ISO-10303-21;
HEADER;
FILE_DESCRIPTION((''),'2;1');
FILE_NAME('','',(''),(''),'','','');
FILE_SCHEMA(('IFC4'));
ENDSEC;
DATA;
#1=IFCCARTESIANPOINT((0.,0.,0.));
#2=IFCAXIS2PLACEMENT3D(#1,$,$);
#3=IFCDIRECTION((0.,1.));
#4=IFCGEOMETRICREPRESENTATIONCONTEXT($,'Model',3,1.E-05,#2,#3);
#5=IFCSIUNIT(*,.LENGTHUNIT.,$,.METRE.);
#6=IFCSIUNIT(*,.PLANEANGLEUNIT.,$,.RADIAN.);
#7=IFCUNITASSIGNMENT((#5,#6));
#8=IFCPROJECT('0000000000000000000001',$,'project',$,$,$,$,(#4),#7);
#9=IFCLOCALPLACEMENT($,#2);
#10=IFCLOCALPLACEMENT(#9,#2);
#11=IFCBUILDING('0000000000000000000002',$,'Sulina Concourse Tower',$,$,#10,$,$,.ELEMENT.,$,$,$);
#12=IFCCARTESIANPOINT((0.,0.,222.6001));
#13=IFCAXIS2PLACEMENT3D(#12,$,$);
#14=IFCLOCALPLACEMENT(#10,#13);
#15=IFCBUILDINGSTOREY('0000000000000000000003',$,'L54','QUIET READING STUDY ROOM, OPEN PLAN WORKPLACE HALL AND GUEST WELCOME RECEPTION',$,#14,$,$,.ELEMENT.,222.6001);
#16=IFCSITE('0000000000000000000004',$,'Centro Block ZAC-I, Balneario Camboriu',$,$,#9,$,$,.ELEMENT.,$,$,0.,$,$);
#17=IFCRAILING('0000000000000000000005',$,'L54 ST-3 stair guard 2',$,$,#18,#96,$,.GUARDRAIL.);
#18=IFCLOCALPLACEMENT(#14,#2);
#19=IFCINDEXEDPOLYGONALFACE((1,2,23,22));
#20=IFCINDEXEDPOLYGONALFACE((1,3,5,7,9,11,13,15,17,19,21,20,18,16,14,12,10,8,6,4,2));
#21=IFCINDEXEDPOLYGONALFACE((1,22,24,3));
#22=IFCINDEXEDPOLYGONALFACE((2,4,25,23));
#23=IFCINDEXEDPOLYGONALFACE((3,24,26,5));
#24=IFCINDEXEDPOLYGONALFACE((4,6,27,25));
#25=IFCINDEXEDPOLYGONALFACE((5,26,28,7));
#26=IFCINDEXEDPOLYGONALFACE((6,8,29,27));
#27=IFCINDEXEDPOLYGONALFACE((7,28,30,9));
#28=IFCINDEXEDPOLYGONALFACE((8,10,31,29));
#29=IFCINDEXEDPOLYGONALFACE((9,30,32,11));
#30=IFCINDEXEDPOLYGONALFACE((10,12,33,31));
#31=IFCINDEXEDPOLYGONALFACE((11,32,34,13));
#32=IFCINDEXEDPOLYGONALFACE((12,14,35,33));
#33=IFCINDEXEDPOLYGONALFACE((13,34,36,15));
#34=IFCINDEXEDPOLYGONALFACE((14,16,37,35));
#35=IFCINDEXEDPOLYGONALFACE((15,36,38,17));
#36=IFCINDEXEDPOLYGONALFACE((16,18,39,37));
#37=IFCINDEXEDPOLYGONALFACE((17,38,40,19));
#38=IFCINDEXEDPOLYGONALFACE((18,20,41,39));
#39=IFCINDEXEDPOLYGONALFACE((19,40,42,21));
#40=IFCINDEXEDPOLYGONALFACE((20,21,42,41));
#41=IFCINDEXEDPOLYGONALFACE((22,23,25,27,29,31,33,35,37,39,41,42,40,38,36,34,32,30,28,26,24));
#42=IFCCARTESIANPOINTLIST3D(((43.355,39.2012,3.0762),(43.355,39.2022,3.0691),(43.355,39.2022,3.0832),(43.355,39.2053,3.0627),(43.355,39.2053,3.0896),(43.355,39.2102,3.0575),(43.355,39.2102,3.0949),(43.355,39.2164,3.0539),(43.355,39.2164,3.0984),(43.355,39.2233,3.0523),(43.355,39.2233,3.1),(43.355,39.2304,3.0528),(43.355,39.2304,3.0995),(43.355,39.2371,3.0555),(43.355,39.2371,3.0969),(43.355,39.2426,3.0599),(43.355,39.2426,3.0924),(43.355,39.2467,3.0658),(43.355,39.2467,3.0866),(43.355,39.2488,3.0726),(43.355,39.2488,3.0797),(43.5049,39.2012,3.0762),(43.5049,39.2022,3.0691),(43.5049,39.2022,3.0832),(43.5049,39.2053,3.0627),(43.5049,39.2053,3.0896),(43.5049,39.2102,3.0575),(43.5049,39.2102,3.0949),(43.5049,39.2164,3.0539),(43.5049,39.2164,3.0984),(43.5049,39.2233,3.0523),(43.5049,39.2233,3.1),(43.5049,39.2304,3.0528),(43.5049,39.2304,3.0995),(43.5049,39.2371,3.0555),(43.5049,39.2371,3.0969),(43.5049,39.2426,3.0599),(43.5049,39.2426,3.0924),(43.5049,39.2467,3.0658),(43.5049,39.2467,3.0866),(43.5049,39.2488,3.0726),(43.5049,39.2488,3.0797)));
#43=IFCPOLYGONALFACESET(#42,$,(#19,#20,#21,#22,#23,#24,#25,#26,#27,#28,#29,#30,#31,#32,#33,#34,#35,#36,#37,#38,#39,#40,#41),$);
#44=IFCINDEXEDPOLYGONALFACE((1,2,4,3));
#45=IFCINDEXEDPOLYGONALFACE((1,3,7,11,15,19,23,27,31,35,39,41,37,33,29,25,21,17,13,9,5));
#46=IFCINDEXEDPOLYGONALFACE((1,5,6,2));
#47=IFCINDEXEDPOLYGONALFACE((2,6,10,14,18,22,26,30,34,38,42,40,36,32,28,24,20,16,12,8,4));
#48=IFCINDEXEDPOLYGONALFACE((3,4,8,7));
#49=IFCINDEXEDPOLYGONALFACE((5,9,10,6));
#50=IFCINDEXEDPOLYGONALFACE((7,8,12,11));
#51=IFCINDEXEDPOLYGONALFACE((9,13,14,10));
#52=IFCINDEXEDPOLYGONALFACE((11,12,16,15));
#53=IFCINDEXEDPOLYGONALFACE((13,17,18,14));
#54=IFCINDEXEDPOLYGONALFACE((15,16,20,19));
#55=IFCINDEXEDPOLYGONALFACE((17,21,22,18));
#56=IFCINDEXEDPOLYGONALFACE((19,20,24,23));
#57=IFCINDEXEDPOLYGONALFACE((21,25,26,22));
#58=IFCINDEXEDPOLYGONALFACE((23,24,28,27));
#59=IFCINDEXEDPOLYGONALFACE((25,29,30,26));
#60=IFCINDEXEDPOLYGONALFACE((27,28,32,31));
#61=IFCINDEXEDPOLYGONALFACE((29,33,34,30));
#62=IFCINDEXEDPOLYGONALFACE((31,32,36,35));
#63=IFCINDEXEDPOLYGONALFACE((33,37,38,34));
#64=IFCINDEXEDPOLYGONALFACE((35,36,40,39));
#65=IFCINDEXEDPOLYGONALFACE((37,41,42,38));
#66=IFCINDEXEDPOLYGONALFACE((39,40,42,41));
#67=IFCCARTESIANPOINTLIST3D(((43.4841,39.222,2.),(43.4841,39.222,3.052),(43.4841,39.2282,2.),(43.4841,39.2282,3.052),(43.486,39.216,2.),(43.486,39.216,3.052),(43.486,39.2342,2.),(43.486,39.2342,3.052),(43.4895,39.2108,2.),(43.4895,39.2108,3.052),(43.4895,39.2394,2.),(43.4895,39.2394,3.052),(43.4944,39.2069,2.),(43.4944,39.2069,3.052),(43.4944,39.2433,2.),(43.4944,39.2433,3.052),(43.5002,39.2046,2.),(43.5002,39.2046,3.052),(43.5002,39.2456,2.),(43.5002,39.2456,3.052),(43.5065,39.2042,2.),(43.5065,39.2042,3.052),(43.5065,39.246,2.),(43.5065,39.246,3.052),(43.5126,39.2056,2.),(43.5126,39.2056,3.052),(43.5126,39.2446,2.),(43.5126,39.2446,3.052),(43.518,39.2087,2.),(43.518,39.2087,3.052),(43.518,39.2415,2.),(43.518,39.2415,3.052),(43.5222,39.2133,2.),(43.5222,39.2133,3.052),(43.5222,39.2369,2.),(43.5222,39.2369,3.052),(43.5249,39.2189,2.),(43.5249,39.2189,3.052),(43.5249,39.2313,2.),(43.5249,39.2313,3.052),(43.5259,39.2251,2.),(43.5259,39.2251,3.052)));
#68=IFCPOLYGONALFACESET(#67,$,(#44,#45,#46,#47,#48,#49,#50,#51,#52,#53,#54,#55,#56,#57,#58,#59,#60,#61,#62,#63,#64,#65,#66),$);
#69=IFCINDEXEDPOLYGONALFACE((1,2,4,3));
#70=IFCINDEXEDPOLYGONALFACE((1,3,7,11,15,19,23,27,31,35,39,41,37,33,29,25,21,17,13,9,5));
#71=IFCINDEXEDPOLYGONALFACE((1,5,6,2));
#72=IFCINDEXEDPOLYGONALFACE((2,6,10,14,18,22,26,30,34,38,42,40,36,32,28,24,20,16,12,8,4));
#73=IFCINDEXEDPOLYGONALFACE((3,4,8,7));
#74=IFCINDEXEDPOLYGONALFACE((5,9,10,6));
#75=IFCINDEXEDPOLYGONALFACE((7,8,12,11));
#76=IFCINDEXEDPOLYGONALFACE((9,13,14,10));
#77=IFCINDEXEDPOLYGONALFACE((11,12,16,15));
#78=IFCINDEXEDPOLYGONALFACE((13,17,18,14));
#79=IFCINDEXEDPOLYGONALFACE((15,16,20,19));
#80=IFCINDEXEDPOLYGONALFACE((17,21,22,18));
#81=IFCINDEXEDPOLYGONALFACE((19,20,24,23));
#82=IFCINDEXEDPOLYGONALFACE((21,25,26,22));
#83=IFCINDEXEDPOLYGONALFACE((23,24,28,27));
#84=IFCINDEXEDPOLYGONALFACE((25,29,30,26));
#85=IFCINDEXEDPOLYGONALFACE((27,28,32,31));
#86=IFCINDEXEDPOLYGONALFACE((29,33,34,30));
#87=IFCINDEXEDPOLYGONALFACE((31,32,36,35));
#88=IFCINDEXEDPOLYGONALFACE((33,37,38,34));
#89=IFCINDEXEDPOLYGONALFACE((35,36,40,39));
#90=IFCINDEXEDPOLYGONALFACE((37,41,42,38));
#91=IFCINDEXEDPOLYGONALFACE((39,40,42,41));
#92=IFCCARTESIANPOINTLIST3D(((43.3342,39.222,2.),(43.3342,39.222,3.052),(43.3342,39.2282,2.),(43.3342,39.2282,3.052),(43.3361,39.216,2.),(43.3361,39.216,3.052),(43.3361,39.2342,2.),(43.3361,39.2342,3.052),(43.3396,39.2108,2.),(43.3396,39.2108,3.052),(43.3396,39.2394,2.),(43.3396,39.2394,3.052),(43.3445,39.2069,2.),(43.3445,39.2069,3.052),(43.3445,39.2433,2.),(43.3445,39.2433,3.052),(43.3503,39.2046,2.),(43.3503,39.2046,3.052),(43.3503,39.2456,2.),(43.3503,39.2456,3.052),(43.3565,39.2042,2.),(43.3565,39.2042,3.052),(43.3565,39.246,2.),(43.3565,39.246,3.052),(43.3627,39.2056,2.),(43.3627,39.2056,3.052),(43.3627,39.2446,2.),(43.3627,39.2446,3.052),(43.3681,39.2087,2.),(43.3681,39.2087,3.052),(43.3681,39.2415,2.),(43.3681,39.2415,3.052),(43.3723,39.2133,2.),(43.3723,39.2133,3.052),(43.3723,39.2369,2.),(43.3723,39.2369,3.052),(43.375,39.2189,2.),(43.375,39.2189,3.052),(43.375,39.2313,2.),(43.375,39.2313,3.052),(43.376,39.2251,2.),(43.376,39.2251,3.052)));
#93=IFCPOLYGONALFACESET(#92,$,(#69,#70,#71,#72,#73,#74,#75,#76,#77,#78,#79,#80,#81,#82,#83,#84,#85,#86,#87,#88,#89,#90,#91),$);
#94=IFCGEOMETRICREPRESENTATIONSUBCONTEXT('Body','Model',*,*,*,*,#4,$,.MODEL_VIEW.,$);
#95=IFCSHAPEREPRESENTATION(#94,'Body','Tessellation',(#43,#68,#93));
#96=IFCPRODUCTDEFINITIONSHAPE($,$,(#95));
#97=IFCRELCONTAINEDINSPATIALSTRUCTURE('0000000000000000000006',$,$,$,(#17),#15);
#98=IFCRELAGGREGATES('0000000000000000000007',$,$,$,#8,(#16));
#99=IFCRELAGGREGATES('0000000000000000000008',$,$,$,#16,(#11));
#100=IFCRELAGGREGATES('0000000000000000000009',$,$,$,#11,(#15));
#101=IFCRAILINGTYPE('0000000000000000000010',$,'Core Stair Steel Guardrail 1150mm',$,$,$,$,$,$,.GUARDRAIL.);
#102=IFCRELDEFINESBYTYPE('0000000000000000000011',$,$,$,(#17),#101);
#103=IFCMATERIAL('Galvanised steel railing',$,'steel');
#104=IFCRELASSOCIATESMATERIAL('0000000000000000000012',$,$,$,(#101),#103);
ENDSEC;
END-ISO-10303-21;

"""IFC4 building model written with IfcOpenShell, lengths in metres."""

from ifc_helpers import new_model, si_unit, direction, frame, origin, origin_2d, place, context, subcontext, project, spatial, circle, extrude, material, type_object, element, save


model = new_model("IFC4")

# Units and contexts
model_context = context("Model", 3, precision=1e-05, world=origin(), true_north=direction((0.0, 1.0)))
body_context = subcontext(model_context, "Body", "Model", "MODEL_VIEW")
ifc_project = project(units=[si_unit("LENGTHUNIT", "METRE"), si_unit("PLANEANGLEUNIT", "RADIAN")], contexts=[model_context])

# Site, building, storey
site_placement = place(None, origin())
site = spatial("IfcSite", under=ifc_project, at=site_placement, Name="Centro Block ZAC-I, Balneario Camboriu", CompositionType="ELEMENT", RefElevation=0.0)
building_placement = place(site_placement, origin())
building = spatial("IfcBuilding", under=site, at=building_placement, Name="Sulina Concourse Tower", CompositionType="ELEMENT")
storey_placement = place(building_placement, frame((0.0, 0.0, 222.6001)))
storey = spatial("IfcBuildingStorey", under=building, at=storey_placement, Name="L54", Description="QUIET READING STUDY ROOM, OPEN PLAN WORKPLACE HALL AND GUEST WELCOME RECEPTION", CompositionType="ELEMENT", Elevation=222.6001)

# Railing
ifc_material_1 = material(Name="Galvanised steel railing", Category="steel")
railing_type_1 = type_object("IfcRailingType", Name="Core Stair Steel Guardrail 1150mm", PredefinedType="GUARDRAIL", material=ifc_material_1)
railing_1_placement = place(storey_placement, frame((43.5049, 39.2251, 2.0)))
element("IfcRailing", 1, at=railing_1_placement, inside=storey, type_object=railing_type_1, Name="L54 ST-3 stair guard 2", PredefinedType="GUARDRAIL", context=body_context, shape_type="SweptSolid", body=[
    extrude(circle(Radius=0.0239, at=origin_2d()), frame((0.0, 0.0, 1.0762), z_axis=(-1.0, 0.0, 0.0), x_axis=(0.0, -1.0, 0.0)), (0.0, 0.0, 1.0), 0.1499),
    extrude(circle(Radius=0.021, at=origin_2d()), origin(), (0.0, 0.0, 1.0), 1.052),
    extrude(circle(Radius=0.021, at=origin_2d()), frame((-0.1499, 0.0, 0.0)), (0.0, 0.0, 1.0), 1.052),
])

save(model, "model.ifc")
